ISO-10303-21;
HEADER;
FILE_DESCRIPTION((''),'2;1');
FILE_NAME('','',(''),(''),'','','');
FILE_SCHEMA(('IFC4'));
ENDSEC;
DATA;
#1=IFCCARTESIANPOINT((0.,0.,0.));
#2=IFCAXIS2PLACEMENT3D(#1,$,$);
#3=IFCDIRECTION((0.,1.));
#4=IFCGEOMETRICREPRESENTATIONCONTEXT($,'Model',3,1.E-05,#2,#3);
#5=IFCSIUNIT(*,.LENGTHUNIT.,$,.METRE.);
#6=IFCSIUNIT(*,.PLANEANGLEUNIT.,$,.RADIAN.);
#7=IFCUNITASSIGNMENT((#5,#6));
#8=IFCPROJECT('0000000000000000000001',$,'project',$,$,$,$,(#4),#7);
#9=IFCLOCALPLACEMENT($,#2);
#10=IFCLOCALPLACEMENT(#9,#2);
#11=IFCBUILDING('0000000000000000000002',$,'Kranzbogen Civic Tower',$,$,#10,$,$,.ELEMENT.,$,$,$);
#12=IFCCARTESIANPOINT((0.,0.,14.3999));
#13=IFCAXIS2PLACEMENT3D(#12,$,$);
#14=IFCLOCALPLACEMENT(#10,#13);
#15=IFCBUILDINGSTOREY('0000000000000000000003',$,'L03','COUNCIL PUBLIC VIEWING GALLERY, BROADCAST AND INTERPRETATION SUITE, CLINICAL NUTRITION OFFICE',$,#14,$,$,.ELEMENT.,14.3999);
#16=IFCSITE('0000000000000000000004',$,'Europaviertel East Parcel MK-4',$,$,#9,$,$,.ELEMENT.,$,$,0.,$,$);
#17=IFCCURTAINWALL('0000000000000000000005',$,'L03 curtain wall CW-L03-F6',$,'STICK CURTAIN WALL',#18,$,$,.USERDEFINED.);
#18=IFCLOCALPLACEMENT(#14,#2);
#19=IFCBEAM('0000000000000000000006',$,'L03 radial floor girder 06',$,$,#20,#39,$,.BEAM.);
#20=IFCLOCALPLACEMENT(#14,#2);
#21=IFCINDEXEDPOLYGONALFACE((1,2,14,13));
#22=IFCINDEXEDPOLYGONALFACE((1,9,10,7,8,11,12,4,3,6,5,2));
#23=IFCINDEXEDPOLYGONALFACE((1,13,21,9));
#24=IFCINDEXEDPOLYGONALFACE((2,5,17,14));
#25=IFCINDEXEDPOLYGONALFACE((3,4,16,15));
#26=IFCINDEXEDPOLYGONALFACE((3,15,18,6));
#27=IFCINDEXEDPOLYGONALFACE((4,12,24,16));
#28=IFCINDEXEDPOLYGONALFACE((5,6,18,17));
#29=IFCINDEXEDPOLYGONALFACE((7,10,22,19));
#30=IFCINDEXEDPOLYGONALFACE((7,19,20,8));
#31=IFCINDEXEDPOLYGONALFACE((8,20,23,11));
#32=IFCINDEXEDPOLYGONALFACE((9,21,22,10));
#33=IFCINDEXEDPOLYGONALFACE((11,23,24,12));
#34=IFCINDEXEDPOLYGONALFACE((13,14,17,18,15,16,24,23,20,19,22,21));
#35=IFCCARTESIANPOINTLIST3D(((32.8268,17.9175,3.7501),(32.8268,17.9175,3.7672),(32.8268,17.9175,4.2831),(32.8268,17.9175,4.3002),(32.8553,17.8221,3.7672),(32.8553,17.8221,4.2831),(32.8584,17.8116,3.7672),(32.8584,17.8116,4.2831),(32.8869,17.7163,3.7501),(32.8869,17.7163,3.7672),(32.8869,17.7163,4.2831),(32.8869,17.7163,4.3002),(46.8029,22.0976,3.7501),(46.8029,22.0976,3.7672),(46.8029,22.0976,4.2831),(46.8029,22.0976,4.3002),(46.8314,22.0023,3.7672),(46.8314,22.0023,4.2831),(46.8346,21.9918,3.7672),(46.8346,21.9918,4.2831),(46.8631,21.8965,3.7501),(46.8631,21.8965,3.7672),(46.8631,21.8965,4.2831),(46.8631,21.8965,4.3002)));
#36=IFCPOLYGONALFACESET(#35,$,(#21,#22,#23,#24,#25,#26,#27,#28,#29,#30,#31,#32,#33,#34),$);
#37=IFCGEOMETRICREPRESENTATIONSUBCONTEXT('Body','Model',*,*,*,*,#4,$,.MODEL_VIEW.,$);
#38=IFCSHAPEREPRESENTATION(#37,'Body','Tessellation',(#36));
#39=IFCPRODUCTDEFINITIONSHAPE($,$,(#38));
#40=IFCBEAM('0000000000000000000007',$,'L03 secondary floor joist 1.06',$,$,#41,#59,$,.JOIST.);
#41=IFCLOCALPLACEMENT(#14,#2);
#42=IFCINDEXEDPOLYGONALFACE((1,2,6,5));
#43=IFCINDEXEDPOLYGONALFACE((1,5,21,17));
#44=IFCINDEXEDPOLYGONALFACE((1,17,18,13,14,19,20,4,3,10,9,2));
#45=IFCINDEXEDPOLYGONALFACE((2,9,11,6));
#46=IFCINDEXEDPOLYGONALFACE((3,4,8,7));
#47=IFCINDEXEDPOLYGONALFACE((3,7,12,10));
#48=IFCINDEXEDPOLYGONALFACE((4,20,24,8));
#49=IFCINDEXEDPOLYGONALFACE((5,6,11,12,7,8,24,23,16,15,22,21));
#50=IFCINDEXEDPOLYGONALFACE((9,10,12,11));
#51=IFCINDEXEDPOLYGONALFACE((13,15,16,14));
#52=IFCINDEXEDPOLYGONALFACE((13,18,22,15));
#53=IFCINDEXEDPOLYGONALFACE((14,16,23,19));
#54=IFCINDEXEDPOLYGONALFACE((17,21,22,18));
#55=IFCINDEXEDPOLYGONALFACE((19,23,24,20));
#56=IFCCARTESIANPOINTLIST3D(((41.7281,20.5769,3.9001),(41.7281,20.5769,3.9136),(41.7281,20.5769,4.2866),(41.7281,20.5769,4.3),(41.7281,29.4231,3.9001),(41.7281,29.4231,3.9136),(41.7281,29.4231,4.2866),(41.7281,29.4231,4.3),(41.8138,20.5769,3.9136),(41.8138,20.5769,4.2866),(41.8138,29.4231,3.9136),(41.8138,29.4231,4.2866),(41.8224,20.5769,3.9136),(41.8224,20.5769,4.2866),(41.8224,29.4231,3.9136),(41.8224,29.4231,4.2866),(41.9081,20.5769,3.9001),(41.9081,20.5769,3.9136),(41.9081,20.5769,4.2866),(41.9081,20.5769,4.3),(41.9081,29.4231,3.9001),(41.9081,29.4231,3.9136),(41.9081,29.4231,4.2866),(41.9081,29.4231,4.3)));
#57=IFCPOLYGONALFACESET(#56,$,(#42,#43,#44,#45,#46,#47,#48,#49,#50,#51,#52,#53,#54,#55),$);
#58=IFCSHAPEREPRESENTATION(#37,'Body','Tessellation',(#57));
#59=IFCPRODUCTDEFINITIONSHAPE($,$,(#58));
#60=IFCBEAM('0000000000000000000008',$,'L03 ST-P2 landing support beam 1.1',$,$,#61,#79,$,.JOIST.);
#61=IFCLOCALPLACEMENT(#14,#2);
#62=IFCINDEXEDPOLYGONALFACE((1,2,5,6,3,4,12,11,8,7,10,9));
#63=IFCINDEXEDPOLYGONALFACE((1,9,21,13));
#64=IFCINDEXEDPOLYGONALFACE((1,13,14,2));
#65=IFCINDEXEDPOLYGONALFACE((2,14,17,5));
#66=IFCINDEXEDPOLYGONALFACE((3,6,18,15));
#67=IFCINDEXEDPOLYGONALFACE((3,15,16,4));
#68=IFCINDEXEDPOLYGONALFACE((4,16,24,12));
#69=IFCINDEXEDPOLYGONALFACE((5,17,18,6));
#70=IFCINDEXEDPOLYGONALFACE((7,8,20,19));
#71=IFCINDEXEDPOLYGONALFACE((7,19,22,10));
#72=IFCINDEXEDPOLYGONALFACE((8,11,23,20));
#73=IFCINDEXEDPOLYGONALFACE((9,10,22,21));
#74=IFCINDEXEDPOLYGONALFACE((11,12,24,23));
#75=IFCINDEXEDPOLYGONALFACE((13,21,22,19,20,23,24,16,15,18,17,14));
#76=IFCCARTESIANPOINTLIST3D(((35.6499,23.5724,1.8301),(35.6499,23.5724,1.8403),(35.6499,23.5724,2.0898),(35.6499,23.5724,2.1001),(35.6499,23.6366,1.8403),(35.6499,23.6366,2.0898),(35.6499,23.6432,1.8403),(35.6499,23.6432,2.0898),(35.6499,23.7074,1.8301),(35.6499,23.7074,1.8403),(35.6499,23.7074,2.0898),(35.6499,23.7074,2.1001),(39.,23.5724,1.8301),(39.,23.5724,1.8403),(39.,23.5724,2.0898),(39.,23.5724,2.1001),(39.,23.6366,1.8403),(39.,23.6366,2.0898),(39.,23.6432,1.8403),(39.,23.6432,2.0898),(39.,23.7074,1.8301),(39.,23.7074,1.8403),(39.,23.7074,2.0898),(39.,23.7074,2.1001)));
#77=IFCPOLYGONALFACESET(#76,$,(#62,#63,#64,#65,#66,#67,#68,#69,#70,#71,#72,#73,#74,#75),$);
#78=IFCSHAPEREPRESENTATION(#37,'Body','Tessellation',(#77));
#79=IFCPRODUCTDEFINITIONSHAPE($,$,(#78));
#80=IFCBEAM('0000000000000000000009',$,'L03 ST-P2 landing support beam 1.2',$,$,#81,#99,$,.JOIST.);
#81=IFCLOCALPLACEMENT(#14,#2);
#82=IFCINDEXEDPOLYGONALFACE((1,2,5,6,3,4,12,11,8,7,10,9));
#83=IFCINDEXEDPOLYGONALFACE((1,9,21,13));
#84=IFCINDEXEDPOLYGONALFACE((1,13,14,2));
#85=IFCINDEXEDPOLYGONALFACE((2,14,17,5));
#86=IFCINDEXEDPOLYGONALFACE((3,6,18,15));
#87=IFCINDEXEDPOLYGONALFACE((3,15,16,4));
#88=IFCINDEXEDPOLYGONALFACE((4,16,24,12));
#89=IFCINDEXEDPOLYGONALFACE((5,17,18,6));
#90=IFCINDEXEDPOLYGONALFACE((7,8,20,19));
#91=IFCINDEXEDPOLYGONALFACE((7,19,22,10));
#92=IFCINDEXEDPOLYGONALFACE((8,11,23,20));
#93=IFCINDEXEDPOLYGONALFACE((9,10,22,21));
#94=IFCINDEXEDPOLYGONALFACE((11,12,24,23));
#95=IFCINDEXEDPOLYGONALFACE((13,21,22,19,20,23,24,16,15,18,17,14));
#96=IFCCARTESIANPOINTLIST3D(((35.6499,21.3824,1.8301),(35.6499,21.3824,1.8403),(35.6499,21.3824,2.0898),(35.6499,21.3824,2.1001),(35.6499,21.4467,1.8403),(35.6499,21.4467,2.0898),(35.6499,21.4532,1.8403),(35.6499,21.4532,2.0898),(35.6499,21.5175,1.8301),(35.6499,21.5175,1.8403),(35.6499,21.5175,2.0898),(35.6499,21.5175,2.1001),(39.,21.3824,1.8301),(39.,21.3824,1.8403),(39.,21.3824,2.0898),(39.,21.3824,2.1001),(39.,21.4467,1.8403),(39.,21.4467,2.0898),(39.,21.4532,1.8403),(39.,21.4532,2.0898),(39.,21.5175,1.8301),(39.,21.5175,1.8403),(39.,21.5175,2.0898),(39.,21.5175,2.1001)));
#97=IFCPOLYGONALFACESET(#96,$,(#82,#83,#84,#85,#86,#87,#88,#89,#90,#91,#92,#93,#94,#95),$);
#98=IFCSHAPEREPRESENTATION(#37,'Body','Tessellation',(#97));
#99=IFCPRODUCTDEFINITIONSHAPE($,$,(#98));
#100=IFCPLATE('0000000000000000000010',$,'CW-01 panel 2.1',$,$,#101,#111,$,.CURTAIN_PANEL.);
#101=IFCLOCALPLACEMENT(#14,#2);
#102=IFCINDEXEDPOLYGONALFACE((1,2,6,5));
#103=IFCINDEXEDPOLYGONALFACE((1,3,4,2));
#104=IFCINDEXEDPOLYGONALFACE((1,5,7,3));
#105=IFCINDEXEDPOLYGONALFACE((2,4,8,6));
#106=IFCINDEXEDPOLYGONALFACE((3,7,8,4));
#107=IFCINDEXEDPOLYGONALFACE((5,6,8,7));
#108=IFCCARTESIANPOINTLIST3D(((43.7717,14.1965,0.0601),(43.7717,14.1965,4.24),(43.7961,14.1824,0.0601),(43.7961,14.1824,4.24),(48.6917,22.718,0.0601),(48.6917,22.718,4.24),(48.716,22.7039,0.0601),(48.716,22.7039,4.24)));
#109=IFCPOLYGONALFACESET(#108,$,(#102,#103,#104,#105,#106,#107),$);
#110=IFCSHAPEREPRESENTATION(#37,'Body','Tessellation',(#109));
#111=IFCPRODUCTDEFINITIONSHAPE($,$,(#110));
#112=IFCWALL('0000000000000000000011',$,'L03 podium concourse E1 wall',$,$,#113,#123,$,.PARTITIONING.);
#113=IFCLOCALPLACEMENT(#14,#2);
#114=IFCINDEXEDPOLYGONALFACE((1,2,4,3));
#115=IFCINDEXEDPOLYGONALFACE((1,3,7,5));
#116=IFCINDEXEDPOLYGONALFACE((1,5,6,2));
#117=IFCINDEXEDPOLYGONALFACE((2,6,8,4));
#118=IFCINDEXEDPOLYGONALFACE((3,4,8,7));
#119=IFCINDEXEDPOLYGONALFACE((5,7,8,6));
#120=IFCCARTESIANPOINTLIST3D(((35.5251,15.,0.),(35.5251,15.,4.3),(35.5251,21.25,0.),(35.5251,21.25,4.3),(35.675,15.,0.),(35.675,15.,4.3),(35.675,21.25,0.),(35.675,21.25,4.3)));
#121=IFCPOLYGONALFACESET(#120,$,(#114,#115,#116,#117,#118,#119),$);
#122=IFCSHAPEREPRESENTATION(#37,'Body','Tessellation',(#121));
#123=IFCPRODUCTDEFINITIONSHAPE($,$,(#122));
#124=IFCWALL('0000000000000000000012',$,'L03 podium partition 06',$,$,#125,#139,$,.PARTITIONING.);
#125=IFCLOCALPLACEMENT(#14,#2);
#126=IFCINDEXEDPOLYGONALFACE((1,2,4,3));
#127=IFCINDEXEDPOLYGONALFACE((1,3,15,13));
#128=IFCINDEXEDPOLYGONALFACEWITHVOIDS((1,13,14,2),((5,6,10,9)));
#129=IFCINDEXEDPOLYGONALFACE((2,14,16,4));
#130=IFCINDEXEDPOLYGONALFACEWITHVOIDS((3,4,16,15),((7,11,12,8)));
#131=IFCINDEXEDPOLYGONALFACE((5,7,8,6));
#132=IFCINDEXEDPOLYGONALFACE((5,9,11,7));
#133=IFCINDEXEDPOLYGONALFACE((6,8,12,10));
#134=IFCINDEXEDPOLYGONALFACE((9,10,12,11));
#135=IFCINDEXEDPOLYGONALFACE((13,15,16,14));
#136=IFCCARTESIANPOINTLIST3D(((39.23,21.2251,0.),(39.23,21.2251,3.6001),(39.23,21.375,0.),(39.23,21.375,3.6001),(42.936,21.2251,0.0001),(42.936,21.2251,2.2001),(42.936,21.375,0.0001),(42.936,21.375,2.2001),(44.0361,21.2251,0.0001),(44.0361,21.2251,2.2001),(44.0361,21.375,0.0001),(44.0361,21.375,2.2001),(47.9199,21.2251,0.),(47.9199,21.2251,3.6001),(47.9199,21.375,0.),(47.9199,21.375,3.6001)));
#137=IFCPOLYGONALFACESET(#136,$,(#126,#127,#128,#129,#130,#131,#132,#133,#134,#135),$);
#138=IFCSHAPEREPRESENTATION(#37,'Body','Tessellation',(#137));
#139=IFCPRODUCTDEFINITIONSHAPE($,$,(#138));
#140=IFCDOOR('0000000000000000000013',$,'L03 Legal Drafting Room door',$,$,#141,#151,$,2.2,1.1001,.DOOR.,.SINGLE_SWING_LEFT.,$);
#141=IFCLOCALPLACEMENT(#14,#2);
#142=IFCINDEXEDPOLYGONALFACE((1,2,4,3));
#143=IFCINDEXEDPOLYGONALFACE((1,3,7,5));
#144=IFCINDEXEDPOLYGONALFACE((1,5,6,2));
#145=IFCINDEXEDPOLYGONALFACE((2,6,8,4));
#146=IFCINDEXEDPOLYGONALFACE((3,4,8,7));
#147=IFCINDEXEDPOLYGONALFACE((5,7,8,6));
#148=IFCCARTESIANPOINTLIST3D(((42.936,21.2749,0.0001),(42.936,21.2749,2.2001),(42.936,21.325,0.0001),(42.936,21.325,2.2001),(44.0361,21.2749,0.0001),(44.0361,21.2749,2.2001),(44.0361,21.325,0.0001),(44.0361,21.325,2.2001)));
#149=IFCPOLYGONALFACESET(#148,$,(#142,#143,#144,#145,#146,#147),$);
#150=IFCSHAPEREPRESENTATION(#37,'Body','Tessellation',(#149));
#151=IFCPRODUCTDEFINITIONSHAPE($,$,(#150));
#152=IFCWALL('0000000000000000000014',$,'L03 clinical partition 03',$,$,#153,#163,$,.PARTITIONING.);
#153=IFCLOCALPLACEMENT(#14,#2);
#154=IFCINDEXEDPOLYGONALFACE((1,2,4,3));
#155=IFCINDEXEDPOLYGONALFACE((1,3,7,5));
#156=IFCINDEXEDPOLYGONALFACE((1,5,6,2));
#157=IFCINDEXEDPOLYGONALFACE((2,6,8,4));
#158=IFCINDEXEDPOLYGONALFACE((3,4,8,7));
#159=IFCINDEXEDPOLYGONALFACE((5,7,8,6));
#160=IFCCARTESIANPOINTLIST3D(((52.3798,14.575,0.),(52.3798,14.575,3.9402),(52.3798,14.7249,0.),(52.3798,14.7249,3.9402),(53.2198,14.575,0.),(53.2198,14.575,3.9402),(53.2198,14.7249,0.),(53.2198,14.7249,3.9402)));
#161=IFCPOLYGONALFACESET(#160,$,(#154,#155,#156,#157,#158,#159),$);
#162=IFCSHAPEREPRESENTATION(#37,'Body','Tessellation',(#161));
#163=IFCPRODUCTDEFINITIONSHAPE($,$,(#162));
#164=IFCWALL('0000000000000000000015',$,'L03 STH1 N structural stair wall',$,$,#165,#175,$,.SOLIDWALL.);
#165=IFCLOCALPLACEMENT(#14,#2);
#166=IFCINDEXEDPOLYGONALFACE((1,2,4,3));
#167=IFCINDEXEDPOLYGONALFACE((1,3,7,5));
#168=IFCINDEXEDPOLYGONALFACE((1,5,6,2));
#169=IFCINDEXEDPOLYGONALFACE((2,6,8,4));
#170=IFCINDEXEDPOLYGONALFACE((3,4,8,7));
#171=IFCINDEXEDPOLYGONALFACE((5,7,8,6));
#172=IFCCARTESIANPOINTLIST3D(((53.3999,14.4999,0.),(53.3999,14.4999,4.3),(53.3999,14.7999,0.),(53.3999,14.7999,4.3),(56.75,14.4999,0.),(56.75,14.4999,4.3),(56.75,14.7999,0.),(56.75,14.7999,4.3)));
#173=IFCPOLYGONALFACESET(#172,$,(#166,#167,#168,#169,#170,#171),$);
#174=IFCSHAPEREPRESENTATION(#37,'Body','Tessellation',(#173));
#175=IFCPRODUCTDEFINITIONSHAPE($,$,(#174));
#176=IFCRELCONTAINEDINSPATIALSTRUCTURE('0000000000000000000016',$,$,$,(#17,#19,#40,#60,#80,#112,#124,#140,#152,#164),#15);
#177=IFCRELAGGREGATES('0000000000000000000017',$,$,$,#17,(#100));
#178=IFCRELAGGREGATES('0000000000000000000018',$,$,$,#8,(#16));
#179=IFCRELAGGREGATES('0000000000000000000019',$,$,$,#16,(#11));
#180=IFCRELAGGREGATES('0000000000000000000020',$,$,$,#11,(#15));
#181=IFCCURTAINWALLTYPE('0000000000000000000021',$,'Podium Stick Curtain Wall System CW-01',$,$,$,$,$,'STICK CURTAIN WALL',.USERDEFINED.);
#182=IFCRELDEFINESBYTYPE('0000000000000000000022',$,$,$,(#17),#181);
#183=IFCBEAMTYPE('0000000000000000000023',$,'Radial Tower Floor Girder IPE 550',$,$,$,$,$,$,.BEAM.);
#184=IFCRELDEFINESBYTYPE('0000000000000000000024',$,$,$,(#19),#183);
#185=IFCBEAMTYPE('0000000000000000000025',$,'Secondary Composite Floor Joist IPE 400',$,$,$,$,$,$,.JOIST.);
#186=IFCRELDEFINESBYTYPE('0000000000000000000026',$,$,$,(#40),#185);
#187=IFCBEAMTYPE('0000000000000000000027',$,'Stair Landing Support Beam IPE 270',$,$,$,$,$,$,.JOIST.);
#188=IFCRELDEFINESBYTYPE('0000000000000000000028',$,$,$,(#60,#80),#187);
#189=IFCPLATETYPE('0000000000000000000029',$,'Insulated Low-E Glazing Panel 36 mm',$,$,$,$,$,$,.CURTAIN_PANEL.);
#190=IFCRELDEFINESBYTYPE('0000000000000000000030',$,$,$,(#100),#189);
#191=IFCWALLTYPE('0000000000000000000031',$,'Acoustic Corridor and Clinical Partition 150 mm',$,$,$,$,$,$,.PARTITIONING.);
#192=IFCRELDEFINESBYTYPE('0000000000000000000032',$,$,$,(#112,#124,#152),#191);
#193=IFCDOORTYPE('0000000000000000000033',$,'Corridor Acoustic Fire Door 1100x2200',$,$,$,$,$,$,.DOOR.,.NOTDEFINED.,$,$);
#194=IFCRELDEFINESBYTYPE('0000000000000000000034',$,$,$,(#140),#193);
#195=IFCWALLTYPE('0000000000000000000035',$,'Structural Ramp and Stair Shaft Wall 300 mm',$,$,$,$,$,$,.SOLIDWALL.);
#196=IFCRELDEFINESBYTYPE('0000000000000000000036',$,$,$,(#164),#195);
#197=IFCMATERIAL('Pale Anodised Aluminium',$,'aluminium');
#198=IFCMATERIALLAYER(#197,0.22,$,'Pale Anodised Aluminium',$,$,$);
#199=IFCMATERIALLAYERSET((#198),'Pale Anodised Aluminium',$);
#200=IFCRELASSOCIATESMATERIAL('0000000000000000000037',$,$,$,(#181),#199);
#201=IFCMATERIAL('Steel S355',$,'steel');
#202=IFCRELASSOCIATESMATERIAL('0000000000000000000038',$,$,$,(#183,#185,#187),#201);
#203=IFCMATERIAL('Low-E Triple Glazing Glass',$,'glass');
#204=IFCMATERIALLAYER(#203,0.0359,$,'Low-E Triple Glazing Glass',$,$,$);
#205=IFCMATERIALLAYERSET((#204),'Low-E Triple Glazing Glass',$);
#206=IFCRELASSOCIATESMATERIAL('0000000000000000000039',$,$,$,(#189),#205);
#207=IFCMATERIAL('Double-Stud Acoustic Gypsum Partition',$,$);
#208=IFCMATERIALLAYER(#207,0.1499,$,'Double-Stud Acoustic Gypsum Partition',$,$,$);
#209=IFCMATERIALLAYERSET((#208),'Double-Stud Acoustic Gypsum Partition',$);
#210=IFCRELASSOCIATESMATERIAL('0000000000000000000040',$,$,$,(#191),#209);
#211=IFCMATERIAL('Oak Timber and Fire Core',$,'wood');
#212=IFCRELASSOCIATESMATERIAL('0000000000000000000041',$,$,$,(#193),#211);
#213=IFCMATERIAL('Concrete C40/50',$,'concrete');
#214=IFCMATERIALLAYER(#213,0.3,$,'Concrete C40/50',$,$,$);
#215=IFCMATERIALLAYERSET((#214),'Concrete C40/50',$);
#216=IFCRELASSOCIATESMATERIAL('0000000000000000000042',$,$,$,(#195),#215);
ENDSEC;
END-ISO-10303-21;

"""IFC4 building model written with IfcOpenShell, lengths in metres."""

from ifc_helpers import new_model, si_unit, direction, frame, frame_2d, origin, origin_2d, place, context, subcontext, project, spatial, rectangle, i_section, extrude, material, layer, layer_set, material_profile, profile_set, type_object, element, fill, aggregate, save


model = new_model("IFC4")

# Units and contexts
model_context = context("Model", 3, precision=1e-05, world=origin(), true_north=direction((0.0, 1.0)))
body_context = subcontext(model_context, "Body", "Model", "MODEL_VIEW")
ifc_project = project(units=[si_unit("LENGTHUNIT", "METRE"), si_unit("PLANEANGLEUNIT", "RADIAN")], contexts=[model_context])

# Site, building, storey
site_placement = place(None, origin())
site = spatial("IfcSite", under=ifc_project, at=site_placement, Name="Europaviertel East Parcel MK-4", CompositionType="ELEMENT", RefElevation=0.0)
building_placement = place(site_placement, origin())
building = spatial("IfcBuilding", under=site, at=building_placement, Name="Kranzbogen Civic Tower", CompositionType="ELEMENT")
storey_placement = place(building_placement, frame((0.0, 0.0, 14.3999)))
storey = spatial("IfcBuildingStorey", under=building, at=storey_placement, Name="L03", Description="COUNCIL PUBLIC VIEWING GALLERY, BROADCAST AND INTERPRETATION SUITE, CLINICAL NUTRITION OFFICE", CompositionType="ELEMENT", Elevation=14.3999)

# Shared definitions
ifc_material_1 = material(Name="Concrete C40/50", Category="concrete")

# Curtain wall
ifc_material_2 = material(Name="Pale Anodised Aluminium", Category="aluminium")
ifc_layer_1 = layer(ifc_material_2, 0.22, Name="Pale Anodised Aluminium")
ifc_layer_set_1 = layer_set([ifc_layer_1], Name="Pale Anodised Aluminium")
curtain_wall_type_1 = type_object("IfcCurtainWallType", Name="Podium Stick Curtain Wall System CW-01", ElementType="STICK CURTAIN WALL", PredefinedType="USERDEFINED", material=ifc_layer_set_1)
curtain_wall_1_placement = place(storey_placement, origin())
curtain_wall_1 = element("IfcCurtainWall", 1, at=curtain_wall_1_placement, inside=storey, type_object=curtain_wall_type_1, Name="L03 curtain wall CW-L03-F6", ObjectType="STICK CURTAIN WALL", PredefinedType="USERDEFINED")

# Beams
ifc_material_3 = material(Name="Steel S355", Category="steel")
ifc_material_profile_1 = material_profile(ifc_material_3, i_section(OverallWidth=0.21, OverallDepth=0.55, WebThickness=0.011, FlangeThickness=0.0171, at=origin_2d()), Name="IPE 550")
ifc_profile_set_1 = profile_set([ifc_material_profile_1], Name="Steel S355")
beam_type_1 = type_object("IfcBeamType", Name="Radial Tower Floor Girder IPE 550", PredefinedType="BEAM", material=ifc_profile_set_1)
beam_1_placement = place(storey_placement, frame((46.833, 21.9971, 4.0251), z_axis=(-0.958065, -0.286552, 0.0), x_axis=(0.286552, -0.958065, 0.0)))
element("IfcBeam", 2, at=beam_1_placement, inside=storey, type_object=beam_type_1, Name="L03 radial floor girder 06", PredefinedType="BEAM", context=body_context, shape_type="SweptSolid", body=[
    extrude(i_section(OverallWidth=0.21, OverallDepth=0.55, WebThickness=0.011, FlangeThickness=0.0171, at=origin_2d()), origin(), (0.0, 0.0, 1.0), 14.5879),
])
ifc_material_profile_2 = material_profile(ifc_material_3, i_section(OverallWidth=0.1799, OverallDepth=0.3999, WebThickness=0.0085, FlangeThickness=0.0134, at=origin_2d()), Name="IPE 400")
ifc_profile_set_2 = profile_set([ifc_material_profile_2], Name="Steel S355")
beam_type_2 = type_object("IfcBeamType", Name="Secondary Composite Floor Joist IPE 400", PredefinedType="JOIST", material=ifc_profile_set_2)
beam_2_placement = place(storey_placement, frame((41.8181, 20.5769, 4.1001), z_axis=(0.0, 1.0, 0.0), x_axis=(-1.0, 0.0, 0.0)))
element("IfcBeam", 3, at=beam_2_placement, inside=storey, type_object=beam_type_2, Name="L03 secondary floor joist 1.06", PredefinedType="JOIST", context=body_context, shape_type="SweptSolid", body=[
    extrude(i_section(OverallWidth=0.1799, OverallDepth=0.3999, WebThickness=0.0085, FlangeThickness=0.0134, at=origin_2d()), origin(), (0.0, 0.0, 1.0), 8.8462),
])
ifc_material_profile_3 = material_profile(ifc_material_3, i_section(OverallWidth=0.135, OverallDepth=0.27, WebThickness=0.0066, FlangeThickness=0.0103, at=origin_2d()), Name="IPE 270")
ifc_profile_set_3 = profile_set([ifc_material_profile_3], Name="Steel S355")
beam_type_3 = type_object("IfcBeamType", Name="Stair Landing Support Beam IPE 270", PredefinedType="JOIST", material=ifc_profile_set_3)
for number, where, z_axis, x_axis, name in (
    (4, (35.6499, 23.6399, 1.9651), (1.0, 0.0, 0.0), (0.0, 1.0, 0.0), "L03 ST-P2 landing support beam 1.1"),
    (5, (35.6499, 21.45, 1.9651), (1.0, 0.0, 0.0), (0.0, 1.0, 0.0), "L03 ST-P2 landing support beam 1.2"),
):
    element("IfcBeam", number, at=place(storey_placement, frame(where, z_axis=z_axis, x_axis=x_axis)), inside=storey, type_object=beam_type_3, Name=name, PredefinedType="JOIST", context=body_context, shape_type="SweptSolid", body=[
        extrude(i_section(OverallWidth=0.135, OverallDepth=0.27, WebThickness=0.0066, FlangeThickness=0.0103, at=origin_2d()), origin(), (0.0, 0.0, 1.0), 3.3501),
    ])

# Plate
ifc_material_4 = material(Name="Low-E Triple Glazing Glass", Category="glass")
ifc_layer_2 = layer(ifc_material_4, 0.0359, Name="Low-E Triple Glazing Glass")
ifc_layer_set_2 = layer_set([ifc_layer_2], Name="Low-E Triple Glazing Glass")
plate_type = type_object("IfcPlateType", Name="Insulated Low-E Glazing Panel 36 mm", PredefinedType="CURTAIN_PANEL", material=ifc_layer_set_2)
plate_placement = place(storey_placement, frame((46.2439, 18.4502, 0.0601), z_axis=(0.0, 0.0, 1.0), x_axis=(0.500006, 0.866022, 0.0)))
plate = element("IfcPlate", 6, at=plate_placement, type_object=plate_type, Name="CW-01 panel 2.1", PredefinedType="CURTAIN_PANEL", context=body_context, shape_type="SweptSolid", body=[
    extrude(rectangle(XDim=9.8398, YDim=0.0281, at=origin_2d()), origin(), (0.0, 0.0, 1.0), 4.1799),
])
aggregate(curtain_wall_1, [plate])

# Wall
ifc_material_5 = material(Name="Double-Stud Acoustic Gypsum Partition")
ifc_layer_3 = layer(ifc_material_5, 0.1499, Name="Double-Stud Acoustic Gypsum Partition")
ifc_layer_set_3 = layer_set([ifc_layer_3], Name="Double-Stud Acoustic Gypsum Partition")
wall_type_1 = type_object("IfcWallType", Name="Acoustic Corridor and Clinical Partition 150 mm", PredefinedType="PARTITIONING", material=ifc_layer_set_3)
wall_1_placement = place(storey_placement, frame((35.6001, 15.0, 0.0), z_axis=(0.0, 0.0, 1.0), x_axis=(0.0, 1.0, 0.0)))
element("IfcWall", 7, at=wall_1_placement, inside=storey, type_object=wall_type_1, Name="L03 podium concourse E1 wall", PredefinedType="PARTITIONING", context=body_context, shape_type="SweptSolid", body=[
    extrude(rectangle(XDim=6.25, YDim=0.1499, at=frame_2d((3.125, 0.0))), origin(), (0.0, 0.0, 1.0), 4.3),
])

# Wall, opening, door
wall_2_placement = place(storey_placement, frame((39.23, 21.3, 0.0), z_axis=(0.0, 0.0, 1.0), x_axis=(1.0, 0.0, 0.0)))
wall_2 = element("IfcWall", 8, at=wall_2_placement, inside=storey, type_object=wall_type_1, Name="L03 podium partition 06", PredefinedType="PARTITIONING", context=body_context, shape_type="SweptSolid", body=[
    extrude(rectangle(XDim=8.6899, YDim=0.1499, at=frame_2d((4.345, 0.0))), origin(), (0.0, 0.0, 1.0), 3.6001),
])
opening_1_placement = place(wall_2_placement, frame((3.7061, 0.0, 0.0)))
opening_1 = element("IfcOpeningElement", 9, at=opening_1_placement, cuts=wall_2, PredefinedType="OPENING", context=body_context, shape_type="SweptSolid", body=[
    extrude(rectangle(XDim=1.1001, YDim=2.2, at=frame_2d((0.55, 1.1001))), frame((0.0, 0.085, 0.0), z_axis=(0.0, -1.0, 0.0), x_axis=(1.0, 0.0, 0.0)), (0.0, 0.0, 1.0), 0.1699),
])
ifc_material_6 = material(Name="Oak Timber and Fire Core", Category="wood")
door_type_1 = type_object("IfcDoorType", Name="Corridor Acoustic Fire Door 1100x2200", OperationType="NOTDEFINED", PredefinedType="DOOR", material=ifc_material_6)
door_1_placement = place(opening_1_placement, origin())
door_1 = element("IfcDoor", 10, at=door_1_placement, inside=storey, type_object=door_type_1, Name="L03 Legal Drafting Room door", OperationType="SINGLE_SWING_LEFT", OverallHeight=2.2, OverallWidth=1.1001, PredefinedType="DOOR", context=body_context, shape_type="SweptSolid", body=[
    extrude(rectangle(XDim=1.1001, YDim=2.2, at=frame_2d((0.55, 1.1001))), frame((0.0, 0.0249, 0.0), z_axis=(0.0, -1.0, 0.0), x_axis=(1.0, 0.0, 0.0)), (0.0, 0.0, 1.0), 0.05),
])
fill(opening_1, door_1)

# Walls
wall_3_placement = place(storey_placement, frame((52.3799, 14.6499, 0.0), z_axis=(0.0, 0.0, 1.0), x_axis=(1.0, 0.0, 0.0)))
element("IfcWall", 11, at=wall_3_placement, inside=storey, type_object=wall_type_1, Name="L03 clinical partition 03", PredefinedType="PARTITIONING", context=body_context, shape_type="SweptSolid", body=[
    extrude(rectangle(XDim=0.8401, YDim=0.1499, at=frame_2d((0.4199, 0.0))), origin(), (0.0, 0.0, 1.0), 3.9402),
])
ifc_layer_4 = layer(ifc_material_1, 0.3, Name="Concrete C40/50")
ifc_layer_set_4 = layer_set([ifc_layer_4], Name="Concrete C40/50")
wall_type_2 = type_object("IfcWallType", Name="Structural Ramp and Stair Shaft Wall 300 mm", PredefinedType="SOLIDWALL", material=ifc_layer_set_4)
wall_4_placement = place(storey_placement, frame((53.3999, 14.6499, 0.0), z_axis=(0.0, 0.0, 1.0), x_axis=(1.0, 0.0, 0.0)))
element("IfcWall", 12, at=wall_4_placement, inside=storey, type_object=wall_type_2, Name="L03 STH1 N structural stair wall", PredefinedType="SOLIDWALL", context=body_context, shape_type="SweptSolid", body=[
    extrude(rectangle(XDim=3.3501, YDim=0.3, at=frame_2d((1.675, 0.0))), origin(), (0.0, 0.0, 1.0), 4.3),
])

save(model, "model.ifc")
